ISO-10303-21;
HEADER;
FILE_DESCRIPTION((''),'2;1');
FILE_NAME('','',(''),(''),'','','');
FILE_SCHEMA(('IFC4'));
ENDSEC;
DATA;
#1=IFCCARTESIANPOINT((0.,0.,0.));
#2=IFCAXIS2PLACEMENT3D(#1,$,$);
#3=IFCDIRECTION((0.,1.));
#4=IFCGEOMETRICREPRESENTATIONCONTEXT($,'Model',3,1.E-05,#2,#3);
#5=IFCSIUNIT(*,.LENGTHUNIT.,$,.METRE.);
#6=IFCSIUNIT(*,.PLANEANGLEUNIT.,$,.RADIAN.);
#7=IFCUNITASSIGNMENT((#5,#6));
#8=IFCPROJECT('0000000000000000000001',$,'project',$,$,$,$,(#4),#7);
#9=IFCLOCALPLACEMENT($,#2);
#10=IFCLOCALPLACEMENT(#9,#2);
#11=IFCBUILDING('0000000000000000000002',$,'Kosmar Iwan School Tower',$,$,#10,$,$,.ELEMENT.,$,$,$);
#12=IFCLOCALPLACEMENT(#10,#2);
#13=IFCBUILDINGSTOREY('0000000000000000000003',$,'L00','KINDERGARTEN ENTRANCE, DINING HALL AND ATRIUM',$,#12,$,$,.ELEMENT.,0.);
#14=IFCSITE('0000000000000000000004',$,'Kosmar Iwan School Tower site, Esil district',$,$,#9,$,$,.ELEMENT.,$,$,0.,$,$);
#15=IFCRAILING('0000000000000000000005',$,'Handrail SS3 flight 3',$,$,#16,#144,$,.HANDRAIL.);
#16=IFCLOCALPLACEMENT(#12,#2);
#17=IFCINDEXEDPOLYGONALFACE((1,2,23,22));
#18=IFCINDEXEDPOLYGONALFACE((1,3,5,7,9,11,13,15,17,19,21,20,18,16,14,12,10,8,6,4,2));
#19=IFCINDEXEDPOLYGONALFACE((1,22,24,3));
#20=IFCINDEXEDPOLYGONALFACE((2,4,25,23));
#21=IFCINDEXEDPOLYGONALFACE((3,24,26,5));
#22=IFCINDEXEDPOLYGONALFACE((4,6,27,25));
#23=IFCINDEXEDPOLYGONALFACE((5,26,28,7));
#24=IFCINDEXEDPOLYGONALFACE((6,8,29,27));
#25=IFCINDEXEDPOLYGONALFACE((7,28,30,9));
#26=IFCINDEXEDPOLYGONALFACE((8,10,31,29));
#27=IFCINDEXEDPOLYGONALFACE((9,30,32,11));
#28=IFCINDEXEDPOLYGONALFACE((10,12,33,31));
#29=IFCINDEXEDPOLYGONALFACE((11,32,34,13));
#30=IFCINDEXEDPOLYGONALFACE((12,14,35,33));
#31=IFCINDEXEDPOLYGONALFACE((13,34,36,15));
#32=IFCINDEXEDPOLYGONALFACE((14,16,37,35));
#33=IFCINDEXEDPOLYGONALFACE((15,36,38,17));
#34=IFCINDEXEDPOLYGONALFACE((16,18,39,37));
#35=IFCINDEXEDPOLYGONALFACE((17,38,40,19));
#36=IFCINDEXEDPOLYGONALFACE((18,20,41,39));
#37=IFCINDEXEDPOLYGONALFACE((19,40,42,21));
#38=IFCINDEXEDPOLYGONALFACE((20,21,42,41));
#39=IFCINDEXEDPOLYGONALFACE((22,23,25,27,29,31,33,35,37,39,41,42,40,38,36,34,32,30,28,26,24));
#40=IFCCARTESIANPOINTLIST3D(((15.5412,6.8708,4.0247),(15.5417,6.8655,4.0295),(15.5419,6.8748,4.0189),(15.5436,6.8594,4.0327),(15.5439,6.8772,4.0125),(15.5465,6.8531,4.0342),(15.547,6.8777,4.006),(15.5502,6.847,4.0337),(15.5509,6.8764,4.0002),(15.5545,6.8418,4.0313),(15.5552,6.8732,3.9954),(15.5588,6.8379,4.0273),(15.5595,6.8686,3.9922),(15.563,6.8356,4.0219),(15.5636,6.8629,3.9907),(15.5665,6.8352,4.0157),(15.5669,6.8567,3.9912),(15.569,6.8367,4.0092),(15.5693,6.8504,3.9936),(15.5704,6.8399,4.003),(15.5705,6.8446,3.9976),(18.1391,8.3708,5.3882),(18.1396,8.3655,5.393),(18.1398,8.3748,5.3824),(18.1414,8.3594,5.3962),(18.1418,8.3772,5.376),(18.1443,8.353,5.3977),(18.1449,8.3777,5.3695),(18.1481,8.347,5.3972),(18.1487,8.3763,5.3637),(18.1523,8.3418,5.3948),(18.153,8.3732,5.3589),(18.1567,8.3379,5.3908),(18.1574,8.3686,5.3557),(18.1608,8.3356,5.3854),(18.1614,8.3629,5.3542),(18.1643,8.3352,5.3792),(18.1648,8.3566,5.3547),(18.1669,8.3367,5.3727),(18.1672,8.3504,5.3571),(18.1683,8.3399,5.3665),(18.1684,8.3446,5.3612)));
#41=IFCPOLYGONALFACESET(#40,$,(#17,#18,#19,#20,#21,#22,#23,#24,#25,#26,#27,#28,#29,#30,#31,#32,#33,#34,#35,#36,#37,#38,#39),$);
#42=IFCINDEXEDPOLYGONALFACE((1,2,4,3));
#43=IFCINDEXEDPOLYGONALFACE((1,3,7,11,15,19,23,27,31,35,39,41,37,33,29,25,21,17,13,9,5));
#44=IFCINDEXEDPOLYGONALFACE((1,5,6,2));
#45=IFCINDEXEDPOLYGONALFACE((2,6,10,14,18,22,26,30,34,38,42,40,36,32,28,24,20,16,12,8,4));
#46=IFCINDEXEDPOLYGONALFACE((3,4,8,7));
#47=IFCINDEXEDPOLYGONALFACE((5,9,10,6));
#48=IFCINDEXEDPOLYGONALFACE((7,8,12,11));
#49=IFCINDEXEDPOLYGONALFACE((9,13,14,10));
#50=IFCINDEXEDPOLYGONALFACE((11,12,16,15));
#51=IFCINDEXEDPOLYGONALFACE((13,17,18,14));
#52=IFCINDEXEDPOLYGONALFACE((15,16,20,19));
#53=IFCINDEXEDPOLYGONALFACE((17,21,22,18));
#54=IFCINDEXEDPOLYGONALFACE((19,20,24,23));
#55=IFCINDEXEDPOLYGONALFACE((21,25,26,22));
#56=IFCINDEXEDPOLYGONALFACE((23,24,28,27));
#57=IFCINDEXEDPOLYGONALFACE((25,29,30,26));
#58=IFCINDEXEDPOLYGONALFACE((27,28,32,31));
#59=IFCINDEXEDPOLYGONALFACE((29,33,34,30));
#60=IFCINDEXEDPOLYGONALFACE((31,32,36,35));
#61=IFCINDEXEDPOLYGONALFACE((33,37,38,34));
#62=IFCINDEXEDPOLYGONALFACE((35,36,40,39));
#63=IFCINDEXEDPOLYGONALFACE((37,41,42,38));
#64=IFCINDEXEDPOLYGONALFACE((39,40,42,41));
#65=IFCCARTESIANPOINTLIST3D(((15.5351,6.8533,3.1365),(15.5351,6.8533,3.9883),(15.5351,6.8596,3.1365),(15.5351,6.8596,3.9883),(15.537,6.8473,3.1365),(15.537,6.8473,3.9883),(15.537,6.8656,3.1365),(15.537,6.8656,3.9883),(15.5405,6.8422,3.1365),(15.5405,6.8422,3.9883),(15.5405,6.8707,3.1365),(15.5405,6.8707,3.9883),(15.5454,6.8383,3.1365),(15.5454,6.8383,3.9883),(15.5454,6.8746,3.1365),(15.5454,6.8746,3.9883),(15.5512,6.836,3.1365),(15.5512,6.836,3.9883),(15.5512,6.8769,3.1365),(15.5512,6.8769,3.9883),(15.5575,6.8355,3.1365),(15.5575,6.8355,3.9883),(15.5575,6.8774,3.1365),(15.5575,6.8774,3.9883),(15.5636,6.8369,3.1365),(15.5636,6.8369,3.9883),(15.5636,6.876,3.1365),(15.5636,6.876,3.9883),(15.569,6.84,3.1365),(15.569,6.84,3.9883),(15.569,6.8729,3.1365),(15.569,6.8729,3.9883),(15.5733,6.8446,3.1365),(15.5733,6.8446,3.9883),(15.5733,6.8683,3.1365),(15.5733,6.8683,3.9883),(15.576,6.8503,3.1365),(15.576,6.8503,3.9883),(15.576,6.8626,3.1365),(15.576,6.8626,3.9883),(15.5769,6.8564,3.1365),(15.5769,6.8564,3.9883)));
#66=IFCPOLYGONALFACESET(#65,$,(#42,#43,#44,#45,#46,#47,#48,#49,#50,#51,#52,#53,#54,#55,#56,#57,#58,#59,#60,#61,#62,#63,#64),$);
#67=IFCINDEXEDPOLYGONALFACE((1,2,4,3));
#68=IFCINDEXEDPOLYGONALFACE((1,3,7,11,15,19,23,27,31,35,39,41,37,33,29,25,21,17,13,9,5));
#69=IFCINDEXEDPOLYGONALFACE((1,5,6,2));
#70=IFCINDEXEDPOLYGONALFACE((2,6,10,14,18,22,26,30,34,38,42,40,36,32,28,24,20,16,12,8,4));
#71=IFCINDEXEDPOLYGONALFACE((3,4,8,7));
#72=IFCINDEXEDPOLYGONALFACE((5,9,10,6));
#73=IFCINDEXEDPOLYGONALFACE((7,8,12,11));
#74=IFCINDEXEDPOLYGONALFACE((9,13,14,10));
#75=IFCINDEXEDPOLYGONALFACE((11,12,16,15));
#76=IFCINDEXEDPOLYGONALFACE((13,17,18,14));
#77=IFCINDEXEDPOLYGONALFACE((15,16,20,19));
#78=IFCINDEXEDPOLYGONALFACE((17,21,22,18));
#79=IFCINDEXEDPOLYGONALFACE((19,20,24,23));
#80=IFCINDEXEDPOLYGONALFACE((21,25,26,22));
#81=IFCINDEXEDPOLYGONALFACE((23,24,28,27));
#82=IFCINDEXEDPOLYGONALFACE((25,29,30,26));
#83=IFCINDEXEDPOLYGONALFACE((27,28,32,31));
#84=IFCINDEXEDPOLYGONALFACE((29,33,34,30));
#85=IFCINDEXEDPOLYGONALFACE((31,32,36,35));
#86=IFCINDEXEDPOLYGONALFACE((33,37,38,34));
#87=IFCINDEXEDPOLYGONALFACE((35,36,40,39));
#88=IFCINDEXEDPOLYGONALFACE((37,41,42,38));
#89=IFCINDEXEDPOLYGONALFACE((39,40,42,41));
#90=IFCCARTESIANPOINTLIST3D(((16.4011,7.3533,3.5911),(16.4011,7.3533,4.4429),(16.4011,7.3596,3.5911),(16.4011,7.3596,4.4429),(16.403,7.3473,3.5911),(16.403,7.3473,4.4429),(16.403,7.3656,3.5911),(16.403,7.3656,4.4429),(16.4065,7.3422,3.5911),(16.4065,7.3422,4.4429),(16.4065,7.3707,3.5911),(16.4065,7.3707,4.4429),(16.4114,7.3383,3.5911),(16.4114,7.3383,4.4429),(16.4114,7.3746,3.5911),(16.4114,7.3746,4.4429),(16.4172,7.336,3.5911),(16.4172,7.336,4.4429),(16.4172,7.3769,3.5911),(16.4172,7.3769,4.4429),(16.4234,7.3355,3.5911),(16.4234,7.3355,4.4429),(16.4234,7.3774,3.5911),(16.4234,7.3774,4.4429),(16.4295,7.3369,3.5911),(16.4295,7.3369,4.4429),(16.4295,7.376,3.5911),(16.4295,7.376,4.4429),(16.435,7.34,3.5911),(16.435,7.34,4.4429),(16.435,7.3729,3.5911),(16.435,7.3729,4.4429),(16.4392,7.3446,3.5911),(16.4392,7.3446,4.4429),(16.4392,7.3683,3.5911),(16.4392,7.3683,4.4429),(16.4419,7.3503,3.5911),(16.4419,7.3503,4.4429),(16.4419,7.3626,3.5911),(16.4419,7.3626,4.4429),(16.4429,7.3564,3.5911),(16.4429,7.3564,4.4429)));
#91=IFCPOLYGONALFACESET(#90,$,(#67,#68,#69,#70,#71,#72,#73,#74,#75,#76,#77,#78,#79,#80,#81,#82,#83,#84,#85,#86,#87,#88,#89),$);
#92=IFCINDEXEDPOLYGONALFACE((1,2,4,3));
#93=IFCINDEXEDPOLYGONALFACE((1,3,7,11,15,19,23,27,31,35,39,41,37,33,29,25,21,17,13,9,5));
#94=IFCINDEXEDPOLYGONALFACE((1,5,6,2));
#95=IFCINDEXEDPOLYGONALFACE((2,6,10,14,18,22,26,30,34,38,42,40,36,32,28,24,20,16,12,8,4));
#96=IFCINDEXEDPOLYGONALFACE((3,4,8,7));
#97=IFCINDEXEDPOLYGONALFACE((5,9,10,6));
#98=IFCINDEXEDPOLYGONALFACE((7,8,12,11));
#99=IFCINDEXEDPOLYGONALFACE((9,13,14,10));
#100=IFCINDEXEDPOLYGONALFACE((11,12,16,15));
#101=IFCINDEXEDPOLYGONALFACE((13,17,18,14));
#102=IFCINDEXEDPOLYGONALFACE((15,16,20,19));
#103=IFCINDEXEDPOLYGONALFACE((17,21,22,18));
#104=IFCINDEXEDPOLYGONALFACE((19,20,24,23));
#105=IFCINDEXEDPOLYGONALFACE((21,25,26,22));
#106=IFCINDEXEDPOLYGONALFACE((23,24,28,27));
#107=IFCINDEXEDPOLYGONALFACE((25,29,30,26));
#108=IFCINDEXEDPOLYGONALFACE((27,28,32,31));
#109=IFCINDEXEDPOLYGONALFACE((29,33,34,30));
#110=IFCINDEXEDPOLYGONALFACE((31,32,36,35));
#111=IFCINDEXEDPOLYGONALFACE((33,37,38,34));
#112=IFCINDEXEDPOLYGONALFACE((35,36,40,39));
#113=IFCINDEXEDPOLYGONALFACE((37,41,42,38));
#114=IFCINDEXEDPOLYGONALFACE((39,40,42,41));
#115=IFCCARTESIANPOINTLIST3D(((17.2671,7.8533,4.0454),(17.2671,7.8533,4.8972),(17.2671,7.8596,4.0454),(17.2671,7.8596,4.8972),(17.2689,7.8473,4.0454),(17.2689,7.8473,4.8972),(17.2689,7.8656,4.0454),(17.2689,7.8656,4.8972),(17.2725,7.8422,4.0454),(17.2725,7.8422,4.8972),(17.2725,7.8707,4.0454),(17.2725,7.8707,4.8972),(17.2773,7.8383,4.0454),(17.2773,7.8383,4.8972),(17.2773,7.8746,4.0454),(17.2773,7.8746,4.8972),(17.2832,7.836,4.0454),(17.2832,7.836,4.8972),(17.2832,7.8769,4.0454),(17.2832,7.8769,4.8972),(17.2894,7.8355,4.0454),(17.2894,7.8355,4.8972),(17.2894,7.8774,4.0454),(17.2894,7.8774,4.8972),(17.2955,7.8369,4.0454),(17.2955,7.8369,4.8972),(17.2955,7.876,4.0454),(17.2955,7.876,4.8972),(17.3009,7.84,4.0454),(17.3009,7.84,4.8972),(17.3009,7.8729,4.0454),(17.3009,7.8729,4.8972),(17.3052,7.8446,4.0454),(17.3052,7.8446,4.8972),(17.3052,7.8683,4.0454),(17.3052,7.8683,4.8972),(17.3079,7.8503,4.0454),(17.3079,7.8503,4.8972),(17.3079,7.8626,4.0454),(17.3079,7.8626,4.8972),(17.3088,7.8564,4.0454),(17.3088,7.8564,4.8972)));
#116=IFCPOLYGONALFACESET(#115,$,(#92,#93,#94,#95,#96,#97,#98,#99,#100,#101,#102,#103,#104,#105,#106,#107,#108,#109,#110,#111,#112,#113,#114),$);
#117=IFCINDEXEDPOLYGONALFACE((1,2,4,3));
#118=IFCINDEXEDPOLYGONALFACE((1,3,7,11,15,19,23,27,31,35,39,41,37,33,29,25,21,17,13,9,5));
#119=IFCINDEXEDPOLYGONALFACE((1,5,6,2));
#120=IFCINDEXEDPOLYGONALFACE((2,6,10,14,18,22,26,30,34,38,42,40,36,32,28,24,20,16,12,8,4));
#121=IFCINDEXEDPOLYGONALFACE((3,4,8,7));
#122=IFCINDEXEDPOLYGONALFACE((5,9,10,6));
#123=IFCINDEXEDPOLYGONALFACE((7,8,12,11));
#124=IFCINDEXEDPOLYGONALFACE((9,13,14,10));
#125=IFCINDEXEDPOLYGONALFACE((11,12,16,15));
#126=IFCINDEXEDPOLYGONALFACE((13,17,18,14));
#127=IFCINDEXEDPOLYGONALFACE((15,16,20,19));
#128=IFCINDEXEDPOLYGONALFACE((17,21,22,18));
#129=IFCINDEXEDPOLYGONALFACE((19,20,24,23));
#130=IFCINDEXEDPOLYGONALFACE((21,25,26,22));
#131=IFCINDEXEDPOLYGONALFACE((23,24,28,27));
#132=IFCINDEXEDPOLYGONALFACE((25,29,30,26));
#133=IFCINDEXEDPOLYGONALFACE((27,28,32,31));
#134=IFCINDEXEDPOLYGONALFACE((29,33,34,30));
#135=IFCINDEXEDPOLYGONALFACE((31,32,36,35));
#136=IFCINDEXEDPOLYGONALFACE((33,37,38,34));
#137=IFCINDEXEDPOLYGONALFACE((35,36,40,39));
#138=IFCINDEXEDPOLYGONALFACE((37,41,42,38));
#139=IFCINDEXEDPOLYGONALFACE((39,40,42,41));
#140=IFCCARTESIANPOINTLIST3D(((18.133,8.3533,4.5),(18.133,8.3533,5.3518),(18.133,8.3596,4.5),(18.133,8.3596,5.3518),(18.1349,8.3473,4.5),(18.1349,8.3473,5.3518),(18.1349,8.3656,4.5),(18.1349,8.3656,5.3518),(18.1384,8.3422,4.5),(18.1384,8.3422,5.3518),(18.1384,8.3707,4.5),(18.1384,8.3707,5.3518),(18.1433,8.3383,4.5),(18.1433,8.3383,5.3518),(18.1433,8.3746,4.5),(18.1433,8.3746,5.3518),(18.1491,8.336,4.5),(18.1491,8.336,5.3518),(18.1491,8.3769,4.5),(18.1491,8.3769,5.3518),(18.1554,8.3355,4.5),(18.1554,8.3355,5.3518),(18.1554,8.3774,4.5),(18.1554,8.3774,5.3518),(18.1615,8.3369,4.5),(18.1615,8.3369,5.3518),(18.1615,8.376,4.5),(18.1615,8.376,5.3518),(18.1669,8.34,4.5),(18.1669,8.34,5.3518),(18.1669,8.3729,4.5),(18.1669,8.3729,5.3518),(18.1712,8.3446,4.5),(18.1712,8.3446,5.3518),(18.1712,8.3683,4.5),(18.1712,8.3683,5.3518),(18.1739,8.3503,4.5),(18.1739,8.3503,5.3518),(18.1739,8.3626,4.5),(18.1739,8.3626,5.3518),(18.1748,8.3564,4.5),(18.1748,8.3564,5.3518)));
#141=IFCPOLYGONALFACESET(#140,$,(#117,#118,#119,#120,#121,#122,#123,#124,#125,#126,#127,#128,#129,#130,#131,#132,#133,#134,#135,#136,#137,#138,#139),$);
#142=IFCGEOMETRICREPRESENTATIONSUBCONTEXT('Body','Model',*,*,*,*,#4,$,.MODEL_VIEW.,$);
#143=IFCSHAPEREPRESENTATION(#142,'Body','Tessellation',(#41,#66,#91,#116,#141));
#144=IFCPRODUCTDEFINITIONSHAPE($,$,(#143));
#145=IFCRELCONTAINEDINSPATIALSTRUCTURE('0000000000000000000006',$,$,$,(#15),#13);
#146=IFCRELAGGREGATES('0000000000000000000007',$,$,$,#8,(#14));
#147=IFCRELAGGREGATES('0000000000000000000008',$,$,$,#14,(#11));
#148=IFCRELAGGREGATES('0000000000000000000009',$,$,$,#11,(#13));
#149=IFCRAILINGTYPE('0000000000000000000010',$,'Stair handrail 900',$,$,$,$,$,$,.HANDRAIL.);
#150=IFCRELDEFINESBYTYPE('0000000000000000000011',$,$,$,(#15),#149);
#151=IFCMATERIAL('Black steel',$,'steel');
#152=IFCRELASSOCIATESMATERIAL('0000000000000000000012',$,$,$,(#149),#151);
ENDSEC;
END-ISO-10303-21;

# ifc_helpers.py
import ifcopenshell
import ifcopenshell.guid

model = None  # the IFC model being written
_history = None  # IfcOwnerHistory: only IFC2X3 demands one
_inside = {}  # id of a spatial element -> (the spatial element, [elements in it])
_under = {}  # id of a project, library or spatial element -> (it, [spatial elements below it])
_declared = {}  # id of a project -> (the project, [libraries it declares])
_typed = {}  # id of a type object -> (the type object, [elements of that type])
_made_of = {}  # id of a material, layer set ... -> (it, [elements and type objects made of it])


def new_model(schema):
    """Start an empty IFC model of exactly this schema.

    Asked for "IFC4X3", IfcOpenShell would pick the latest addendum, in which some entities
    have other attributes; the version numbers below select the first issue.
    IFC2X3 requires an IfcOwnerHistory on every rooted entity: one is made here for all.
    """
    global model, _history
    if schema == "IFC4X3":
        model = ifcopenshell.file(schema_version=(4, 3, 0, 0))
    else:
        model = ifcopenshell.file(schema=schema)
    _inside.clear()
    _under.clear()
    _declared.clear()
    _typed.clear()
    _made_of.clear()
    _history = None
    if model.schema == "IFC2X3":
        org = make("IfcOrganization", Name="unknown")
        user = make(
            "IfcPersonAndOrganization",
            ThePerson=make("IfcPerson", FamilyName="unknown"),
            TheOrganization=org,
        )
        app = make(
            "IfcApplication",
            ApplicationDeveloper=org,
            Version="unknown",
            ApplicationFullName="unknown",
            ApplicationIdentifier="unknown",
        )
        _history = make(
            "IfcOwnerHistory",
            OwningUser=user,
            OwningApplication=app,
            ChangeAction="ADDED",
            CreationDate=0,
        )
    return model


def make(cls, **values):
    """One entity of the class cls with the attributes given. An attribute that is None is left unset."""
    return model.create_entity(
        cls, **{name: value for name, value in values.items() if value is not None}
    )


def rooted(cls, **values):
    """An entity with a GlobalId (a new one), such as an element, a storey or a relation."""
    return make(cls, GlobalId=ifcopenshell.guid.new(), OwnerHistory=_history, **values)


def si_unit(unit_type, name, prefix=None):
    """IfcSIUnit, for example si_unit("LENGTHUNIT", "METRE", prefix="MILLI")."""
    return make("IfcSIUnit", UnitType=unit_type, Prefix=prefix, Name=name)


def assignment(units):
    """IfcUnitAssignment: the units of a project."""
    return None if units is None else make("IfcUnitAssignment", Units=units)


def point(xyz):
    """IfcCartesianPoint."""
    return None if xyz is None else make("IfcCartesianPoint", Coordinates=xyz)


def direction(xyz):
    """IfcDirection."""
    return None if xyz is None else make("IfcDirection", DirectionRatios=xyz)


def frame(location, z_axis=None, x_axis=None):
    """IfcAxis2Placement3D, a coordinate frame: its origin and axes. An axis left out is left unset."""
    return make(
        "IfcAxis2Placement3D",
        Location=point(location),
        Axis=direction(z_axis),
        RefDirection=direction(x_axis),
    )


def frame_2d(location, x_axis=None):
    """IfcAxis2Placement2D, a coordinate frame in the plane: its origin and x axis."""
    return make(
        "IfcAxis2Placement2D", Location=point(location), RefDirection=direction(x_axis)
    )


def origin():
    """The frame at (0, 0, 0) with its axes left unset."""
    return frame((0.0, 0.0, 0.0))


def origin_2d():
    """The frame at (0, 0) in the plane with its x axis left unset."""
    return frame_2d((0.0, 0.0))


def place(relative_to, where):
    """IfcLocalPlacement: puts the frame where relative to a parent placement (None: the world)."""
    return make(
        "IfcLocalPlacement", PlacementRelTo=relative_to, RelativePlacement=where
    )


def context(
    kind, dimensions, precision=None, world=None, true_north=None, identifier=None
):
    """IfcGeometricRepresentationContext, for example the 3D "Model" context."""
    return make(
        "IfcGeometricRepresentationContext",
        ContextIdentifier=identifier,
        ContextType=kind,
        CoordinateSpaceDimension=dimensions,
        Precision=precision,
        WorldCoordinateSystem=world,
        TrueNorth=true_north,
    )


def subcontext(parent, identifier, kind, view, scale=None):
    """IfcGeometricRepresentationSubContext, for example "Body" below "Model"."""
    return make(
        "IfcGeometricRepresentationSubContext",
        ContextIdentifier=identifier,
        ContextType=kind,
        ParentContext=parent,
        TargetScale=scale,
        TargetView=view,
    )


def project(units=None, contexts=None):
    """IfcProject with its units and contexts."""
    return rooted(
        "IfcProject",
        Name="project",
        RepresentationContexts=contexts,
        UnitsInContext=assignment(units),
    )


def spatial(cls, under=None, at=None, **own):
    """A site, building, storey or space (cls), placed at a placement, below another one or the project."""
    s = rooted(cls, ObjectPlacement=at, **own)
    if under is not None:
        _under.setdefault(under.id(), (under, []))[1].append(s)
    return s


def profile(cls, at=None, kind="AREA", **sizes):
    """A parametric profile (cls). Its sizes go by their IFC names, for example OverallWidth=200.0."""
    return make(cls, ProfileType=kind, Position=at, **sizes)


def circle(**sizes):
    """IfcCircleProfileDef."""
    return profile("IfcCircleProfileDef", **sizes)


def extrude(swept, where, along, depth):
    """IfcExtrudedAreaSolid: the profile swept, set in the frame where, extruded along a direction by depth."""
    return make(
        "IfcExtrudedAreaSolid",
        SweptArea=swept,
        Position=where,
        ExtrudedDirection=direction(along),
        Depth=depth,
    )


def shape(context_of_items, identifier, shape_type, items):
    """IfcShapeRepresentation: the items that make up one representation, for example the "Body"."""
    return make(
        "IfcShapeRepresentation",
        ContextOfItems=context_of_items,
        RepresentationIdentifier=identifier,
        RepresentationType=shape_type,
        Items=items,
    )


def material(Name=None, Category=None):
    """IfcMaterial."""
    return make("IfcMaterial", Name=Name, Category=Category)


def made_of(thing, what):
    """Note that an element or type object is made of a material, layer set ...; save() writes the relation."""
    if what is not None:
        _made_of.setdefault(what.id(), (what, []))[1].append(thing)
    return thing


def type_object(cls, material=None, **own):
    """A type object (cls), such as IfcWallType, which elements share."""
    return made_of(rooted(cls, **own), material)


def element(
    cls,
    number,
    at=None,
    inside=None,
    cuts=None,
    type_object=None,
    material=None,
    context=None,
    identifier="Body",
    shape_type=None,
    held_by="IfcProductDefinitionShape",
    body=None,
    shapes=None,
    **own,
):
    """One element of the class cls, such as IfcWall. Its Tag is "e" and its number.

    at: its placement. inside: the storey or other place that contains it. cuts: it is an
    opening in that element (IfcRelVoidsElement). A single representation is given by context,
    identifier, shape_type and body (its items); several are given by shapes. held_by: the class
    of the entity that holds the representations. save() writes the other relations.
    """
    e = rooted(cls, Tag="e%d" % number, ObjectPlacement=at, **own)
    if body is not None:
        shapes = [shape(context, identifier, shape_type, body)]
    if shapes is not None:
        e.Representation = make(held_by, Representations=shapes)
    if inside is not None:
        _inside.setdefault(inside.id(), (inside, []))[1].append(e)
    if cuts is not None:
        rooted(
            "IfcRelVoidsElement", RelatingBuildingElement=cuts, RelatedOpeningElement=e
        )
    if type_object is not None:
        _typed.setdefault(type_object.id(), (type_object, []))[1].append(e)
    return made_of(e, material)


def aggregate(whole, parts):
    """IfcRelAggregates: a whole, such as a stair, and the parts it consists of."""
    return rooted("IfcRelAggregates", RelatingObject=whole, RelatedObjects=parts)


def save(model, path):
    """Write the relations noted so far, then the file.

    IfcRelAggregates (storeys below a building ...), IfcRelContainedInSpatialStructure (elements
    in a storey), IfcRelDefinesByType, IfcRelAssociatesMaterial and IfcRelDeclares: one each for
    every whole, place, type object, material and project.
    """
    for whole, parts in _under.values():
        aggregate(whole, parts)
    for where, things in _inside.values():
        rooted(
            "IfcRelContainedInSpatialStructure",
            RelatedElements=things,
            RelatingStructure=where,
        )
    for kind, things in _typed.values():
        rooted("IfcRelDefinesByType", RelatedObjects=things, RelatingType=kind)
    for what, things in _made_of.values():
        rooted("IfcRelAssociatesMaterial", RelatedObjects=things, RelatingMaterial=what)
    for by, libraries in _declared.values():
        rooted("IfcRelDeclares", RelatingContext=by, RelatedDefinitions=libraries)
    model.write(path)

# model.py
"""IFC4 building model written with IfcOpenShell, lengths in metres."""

from ifc_helpers import new_model, si_unit, direction, frame, origin, origin_2d, place, context, subcontext, project, spatial, circle, extrude, material, type_object, element, save


model = new_model("IFC4")

# Units and contexts
model_context = context("Model", 3, precision=1e-05, world=origin(), true_north=direction((0.0, 1.0)))
body_context = subcontext(model_context, "Body", "Model", "MODEL_VIEW")
ifc_project = project(units=[si_unit("LENGTHUNIT", "METRE"), si_unit("PLANEANGLEUNIT", "RADIAN")], contexts=[model_context])

# Site, building, storey
site_placement = place(None, origin())
site = spatial("IfcSite", under=ifc_project, at=site_placement, Name="Kosmar Iwan School Tower site, Esil district", CompositionType="ELEMENT", RefElevation=0.0)
building_placement = place(site_placement, origin())
building = spatial("IfcBuilding", under=site, at=building_placement, Name="Kosmar Iwan School Tower", CompositionType="ELEMENT")
storey_placement = place(building_placement, origin())
storey = spatial("IfcBuildingStorey", under=building, at=storey_placement, Name="L00", Description="KINDERGARTEN ENTRANCE, DINING HALL AND ATRIUM", CompositionType="ELEMENT", Elevation=0.0)

# Railing
ifc_material_1 = material(Name="Black steel", Category="steel")
railing_type = type_object("IfcRailingType", Name="Stair handrail 900", PredefinedType="HANDRAIL", material=ifc_material_1)
for number, where, name in (
    (1, (15.5559, 6.8564, 3.1365), "Handrail SS3 flight 3"),
):
    element("IfcRailing", number, at=place(storey_placement, frame(where)), inside=storey, type_object=railing_type, Name=name, PredefinedType="HANDRAIL", context=body_context, shape_type="SweptSolid", body=[
        extrude(circle(Radius=0.0239, at=origin_2d()), frame((0.0, 0.0, 0.876), z_axis=(0.788391, 0.455209, 0.413792), x_axis=(-0.500025, 0.866011, 0.0)), (0.0, 0.0, 1.0), 3.2952),
        extrude(circle(Radius=0.021, at=origin_2d()), origin(), (0.0, 0.0, 1.0), 0.8518),
        extrude(circle(Radius=0.021, at=origin_2d()), frame((0.866, 0.5, 0.4546)), (0.0, 0.0, 1.0), 0.8518),
        extrude(circle(Radius=0.021, at=origin_2d()), frame((1.7319, 1.0, 0.9089)), (0.0, 0.0, 1.0), 0.8518),
        extrude(circle(Radius=0.021, at=origin_2d()), frame((2.5979, 1.5, 1.3635)), (0.0, 0.0, 1.0), 0.8518),
    ])

save(model, "model.ifc")
